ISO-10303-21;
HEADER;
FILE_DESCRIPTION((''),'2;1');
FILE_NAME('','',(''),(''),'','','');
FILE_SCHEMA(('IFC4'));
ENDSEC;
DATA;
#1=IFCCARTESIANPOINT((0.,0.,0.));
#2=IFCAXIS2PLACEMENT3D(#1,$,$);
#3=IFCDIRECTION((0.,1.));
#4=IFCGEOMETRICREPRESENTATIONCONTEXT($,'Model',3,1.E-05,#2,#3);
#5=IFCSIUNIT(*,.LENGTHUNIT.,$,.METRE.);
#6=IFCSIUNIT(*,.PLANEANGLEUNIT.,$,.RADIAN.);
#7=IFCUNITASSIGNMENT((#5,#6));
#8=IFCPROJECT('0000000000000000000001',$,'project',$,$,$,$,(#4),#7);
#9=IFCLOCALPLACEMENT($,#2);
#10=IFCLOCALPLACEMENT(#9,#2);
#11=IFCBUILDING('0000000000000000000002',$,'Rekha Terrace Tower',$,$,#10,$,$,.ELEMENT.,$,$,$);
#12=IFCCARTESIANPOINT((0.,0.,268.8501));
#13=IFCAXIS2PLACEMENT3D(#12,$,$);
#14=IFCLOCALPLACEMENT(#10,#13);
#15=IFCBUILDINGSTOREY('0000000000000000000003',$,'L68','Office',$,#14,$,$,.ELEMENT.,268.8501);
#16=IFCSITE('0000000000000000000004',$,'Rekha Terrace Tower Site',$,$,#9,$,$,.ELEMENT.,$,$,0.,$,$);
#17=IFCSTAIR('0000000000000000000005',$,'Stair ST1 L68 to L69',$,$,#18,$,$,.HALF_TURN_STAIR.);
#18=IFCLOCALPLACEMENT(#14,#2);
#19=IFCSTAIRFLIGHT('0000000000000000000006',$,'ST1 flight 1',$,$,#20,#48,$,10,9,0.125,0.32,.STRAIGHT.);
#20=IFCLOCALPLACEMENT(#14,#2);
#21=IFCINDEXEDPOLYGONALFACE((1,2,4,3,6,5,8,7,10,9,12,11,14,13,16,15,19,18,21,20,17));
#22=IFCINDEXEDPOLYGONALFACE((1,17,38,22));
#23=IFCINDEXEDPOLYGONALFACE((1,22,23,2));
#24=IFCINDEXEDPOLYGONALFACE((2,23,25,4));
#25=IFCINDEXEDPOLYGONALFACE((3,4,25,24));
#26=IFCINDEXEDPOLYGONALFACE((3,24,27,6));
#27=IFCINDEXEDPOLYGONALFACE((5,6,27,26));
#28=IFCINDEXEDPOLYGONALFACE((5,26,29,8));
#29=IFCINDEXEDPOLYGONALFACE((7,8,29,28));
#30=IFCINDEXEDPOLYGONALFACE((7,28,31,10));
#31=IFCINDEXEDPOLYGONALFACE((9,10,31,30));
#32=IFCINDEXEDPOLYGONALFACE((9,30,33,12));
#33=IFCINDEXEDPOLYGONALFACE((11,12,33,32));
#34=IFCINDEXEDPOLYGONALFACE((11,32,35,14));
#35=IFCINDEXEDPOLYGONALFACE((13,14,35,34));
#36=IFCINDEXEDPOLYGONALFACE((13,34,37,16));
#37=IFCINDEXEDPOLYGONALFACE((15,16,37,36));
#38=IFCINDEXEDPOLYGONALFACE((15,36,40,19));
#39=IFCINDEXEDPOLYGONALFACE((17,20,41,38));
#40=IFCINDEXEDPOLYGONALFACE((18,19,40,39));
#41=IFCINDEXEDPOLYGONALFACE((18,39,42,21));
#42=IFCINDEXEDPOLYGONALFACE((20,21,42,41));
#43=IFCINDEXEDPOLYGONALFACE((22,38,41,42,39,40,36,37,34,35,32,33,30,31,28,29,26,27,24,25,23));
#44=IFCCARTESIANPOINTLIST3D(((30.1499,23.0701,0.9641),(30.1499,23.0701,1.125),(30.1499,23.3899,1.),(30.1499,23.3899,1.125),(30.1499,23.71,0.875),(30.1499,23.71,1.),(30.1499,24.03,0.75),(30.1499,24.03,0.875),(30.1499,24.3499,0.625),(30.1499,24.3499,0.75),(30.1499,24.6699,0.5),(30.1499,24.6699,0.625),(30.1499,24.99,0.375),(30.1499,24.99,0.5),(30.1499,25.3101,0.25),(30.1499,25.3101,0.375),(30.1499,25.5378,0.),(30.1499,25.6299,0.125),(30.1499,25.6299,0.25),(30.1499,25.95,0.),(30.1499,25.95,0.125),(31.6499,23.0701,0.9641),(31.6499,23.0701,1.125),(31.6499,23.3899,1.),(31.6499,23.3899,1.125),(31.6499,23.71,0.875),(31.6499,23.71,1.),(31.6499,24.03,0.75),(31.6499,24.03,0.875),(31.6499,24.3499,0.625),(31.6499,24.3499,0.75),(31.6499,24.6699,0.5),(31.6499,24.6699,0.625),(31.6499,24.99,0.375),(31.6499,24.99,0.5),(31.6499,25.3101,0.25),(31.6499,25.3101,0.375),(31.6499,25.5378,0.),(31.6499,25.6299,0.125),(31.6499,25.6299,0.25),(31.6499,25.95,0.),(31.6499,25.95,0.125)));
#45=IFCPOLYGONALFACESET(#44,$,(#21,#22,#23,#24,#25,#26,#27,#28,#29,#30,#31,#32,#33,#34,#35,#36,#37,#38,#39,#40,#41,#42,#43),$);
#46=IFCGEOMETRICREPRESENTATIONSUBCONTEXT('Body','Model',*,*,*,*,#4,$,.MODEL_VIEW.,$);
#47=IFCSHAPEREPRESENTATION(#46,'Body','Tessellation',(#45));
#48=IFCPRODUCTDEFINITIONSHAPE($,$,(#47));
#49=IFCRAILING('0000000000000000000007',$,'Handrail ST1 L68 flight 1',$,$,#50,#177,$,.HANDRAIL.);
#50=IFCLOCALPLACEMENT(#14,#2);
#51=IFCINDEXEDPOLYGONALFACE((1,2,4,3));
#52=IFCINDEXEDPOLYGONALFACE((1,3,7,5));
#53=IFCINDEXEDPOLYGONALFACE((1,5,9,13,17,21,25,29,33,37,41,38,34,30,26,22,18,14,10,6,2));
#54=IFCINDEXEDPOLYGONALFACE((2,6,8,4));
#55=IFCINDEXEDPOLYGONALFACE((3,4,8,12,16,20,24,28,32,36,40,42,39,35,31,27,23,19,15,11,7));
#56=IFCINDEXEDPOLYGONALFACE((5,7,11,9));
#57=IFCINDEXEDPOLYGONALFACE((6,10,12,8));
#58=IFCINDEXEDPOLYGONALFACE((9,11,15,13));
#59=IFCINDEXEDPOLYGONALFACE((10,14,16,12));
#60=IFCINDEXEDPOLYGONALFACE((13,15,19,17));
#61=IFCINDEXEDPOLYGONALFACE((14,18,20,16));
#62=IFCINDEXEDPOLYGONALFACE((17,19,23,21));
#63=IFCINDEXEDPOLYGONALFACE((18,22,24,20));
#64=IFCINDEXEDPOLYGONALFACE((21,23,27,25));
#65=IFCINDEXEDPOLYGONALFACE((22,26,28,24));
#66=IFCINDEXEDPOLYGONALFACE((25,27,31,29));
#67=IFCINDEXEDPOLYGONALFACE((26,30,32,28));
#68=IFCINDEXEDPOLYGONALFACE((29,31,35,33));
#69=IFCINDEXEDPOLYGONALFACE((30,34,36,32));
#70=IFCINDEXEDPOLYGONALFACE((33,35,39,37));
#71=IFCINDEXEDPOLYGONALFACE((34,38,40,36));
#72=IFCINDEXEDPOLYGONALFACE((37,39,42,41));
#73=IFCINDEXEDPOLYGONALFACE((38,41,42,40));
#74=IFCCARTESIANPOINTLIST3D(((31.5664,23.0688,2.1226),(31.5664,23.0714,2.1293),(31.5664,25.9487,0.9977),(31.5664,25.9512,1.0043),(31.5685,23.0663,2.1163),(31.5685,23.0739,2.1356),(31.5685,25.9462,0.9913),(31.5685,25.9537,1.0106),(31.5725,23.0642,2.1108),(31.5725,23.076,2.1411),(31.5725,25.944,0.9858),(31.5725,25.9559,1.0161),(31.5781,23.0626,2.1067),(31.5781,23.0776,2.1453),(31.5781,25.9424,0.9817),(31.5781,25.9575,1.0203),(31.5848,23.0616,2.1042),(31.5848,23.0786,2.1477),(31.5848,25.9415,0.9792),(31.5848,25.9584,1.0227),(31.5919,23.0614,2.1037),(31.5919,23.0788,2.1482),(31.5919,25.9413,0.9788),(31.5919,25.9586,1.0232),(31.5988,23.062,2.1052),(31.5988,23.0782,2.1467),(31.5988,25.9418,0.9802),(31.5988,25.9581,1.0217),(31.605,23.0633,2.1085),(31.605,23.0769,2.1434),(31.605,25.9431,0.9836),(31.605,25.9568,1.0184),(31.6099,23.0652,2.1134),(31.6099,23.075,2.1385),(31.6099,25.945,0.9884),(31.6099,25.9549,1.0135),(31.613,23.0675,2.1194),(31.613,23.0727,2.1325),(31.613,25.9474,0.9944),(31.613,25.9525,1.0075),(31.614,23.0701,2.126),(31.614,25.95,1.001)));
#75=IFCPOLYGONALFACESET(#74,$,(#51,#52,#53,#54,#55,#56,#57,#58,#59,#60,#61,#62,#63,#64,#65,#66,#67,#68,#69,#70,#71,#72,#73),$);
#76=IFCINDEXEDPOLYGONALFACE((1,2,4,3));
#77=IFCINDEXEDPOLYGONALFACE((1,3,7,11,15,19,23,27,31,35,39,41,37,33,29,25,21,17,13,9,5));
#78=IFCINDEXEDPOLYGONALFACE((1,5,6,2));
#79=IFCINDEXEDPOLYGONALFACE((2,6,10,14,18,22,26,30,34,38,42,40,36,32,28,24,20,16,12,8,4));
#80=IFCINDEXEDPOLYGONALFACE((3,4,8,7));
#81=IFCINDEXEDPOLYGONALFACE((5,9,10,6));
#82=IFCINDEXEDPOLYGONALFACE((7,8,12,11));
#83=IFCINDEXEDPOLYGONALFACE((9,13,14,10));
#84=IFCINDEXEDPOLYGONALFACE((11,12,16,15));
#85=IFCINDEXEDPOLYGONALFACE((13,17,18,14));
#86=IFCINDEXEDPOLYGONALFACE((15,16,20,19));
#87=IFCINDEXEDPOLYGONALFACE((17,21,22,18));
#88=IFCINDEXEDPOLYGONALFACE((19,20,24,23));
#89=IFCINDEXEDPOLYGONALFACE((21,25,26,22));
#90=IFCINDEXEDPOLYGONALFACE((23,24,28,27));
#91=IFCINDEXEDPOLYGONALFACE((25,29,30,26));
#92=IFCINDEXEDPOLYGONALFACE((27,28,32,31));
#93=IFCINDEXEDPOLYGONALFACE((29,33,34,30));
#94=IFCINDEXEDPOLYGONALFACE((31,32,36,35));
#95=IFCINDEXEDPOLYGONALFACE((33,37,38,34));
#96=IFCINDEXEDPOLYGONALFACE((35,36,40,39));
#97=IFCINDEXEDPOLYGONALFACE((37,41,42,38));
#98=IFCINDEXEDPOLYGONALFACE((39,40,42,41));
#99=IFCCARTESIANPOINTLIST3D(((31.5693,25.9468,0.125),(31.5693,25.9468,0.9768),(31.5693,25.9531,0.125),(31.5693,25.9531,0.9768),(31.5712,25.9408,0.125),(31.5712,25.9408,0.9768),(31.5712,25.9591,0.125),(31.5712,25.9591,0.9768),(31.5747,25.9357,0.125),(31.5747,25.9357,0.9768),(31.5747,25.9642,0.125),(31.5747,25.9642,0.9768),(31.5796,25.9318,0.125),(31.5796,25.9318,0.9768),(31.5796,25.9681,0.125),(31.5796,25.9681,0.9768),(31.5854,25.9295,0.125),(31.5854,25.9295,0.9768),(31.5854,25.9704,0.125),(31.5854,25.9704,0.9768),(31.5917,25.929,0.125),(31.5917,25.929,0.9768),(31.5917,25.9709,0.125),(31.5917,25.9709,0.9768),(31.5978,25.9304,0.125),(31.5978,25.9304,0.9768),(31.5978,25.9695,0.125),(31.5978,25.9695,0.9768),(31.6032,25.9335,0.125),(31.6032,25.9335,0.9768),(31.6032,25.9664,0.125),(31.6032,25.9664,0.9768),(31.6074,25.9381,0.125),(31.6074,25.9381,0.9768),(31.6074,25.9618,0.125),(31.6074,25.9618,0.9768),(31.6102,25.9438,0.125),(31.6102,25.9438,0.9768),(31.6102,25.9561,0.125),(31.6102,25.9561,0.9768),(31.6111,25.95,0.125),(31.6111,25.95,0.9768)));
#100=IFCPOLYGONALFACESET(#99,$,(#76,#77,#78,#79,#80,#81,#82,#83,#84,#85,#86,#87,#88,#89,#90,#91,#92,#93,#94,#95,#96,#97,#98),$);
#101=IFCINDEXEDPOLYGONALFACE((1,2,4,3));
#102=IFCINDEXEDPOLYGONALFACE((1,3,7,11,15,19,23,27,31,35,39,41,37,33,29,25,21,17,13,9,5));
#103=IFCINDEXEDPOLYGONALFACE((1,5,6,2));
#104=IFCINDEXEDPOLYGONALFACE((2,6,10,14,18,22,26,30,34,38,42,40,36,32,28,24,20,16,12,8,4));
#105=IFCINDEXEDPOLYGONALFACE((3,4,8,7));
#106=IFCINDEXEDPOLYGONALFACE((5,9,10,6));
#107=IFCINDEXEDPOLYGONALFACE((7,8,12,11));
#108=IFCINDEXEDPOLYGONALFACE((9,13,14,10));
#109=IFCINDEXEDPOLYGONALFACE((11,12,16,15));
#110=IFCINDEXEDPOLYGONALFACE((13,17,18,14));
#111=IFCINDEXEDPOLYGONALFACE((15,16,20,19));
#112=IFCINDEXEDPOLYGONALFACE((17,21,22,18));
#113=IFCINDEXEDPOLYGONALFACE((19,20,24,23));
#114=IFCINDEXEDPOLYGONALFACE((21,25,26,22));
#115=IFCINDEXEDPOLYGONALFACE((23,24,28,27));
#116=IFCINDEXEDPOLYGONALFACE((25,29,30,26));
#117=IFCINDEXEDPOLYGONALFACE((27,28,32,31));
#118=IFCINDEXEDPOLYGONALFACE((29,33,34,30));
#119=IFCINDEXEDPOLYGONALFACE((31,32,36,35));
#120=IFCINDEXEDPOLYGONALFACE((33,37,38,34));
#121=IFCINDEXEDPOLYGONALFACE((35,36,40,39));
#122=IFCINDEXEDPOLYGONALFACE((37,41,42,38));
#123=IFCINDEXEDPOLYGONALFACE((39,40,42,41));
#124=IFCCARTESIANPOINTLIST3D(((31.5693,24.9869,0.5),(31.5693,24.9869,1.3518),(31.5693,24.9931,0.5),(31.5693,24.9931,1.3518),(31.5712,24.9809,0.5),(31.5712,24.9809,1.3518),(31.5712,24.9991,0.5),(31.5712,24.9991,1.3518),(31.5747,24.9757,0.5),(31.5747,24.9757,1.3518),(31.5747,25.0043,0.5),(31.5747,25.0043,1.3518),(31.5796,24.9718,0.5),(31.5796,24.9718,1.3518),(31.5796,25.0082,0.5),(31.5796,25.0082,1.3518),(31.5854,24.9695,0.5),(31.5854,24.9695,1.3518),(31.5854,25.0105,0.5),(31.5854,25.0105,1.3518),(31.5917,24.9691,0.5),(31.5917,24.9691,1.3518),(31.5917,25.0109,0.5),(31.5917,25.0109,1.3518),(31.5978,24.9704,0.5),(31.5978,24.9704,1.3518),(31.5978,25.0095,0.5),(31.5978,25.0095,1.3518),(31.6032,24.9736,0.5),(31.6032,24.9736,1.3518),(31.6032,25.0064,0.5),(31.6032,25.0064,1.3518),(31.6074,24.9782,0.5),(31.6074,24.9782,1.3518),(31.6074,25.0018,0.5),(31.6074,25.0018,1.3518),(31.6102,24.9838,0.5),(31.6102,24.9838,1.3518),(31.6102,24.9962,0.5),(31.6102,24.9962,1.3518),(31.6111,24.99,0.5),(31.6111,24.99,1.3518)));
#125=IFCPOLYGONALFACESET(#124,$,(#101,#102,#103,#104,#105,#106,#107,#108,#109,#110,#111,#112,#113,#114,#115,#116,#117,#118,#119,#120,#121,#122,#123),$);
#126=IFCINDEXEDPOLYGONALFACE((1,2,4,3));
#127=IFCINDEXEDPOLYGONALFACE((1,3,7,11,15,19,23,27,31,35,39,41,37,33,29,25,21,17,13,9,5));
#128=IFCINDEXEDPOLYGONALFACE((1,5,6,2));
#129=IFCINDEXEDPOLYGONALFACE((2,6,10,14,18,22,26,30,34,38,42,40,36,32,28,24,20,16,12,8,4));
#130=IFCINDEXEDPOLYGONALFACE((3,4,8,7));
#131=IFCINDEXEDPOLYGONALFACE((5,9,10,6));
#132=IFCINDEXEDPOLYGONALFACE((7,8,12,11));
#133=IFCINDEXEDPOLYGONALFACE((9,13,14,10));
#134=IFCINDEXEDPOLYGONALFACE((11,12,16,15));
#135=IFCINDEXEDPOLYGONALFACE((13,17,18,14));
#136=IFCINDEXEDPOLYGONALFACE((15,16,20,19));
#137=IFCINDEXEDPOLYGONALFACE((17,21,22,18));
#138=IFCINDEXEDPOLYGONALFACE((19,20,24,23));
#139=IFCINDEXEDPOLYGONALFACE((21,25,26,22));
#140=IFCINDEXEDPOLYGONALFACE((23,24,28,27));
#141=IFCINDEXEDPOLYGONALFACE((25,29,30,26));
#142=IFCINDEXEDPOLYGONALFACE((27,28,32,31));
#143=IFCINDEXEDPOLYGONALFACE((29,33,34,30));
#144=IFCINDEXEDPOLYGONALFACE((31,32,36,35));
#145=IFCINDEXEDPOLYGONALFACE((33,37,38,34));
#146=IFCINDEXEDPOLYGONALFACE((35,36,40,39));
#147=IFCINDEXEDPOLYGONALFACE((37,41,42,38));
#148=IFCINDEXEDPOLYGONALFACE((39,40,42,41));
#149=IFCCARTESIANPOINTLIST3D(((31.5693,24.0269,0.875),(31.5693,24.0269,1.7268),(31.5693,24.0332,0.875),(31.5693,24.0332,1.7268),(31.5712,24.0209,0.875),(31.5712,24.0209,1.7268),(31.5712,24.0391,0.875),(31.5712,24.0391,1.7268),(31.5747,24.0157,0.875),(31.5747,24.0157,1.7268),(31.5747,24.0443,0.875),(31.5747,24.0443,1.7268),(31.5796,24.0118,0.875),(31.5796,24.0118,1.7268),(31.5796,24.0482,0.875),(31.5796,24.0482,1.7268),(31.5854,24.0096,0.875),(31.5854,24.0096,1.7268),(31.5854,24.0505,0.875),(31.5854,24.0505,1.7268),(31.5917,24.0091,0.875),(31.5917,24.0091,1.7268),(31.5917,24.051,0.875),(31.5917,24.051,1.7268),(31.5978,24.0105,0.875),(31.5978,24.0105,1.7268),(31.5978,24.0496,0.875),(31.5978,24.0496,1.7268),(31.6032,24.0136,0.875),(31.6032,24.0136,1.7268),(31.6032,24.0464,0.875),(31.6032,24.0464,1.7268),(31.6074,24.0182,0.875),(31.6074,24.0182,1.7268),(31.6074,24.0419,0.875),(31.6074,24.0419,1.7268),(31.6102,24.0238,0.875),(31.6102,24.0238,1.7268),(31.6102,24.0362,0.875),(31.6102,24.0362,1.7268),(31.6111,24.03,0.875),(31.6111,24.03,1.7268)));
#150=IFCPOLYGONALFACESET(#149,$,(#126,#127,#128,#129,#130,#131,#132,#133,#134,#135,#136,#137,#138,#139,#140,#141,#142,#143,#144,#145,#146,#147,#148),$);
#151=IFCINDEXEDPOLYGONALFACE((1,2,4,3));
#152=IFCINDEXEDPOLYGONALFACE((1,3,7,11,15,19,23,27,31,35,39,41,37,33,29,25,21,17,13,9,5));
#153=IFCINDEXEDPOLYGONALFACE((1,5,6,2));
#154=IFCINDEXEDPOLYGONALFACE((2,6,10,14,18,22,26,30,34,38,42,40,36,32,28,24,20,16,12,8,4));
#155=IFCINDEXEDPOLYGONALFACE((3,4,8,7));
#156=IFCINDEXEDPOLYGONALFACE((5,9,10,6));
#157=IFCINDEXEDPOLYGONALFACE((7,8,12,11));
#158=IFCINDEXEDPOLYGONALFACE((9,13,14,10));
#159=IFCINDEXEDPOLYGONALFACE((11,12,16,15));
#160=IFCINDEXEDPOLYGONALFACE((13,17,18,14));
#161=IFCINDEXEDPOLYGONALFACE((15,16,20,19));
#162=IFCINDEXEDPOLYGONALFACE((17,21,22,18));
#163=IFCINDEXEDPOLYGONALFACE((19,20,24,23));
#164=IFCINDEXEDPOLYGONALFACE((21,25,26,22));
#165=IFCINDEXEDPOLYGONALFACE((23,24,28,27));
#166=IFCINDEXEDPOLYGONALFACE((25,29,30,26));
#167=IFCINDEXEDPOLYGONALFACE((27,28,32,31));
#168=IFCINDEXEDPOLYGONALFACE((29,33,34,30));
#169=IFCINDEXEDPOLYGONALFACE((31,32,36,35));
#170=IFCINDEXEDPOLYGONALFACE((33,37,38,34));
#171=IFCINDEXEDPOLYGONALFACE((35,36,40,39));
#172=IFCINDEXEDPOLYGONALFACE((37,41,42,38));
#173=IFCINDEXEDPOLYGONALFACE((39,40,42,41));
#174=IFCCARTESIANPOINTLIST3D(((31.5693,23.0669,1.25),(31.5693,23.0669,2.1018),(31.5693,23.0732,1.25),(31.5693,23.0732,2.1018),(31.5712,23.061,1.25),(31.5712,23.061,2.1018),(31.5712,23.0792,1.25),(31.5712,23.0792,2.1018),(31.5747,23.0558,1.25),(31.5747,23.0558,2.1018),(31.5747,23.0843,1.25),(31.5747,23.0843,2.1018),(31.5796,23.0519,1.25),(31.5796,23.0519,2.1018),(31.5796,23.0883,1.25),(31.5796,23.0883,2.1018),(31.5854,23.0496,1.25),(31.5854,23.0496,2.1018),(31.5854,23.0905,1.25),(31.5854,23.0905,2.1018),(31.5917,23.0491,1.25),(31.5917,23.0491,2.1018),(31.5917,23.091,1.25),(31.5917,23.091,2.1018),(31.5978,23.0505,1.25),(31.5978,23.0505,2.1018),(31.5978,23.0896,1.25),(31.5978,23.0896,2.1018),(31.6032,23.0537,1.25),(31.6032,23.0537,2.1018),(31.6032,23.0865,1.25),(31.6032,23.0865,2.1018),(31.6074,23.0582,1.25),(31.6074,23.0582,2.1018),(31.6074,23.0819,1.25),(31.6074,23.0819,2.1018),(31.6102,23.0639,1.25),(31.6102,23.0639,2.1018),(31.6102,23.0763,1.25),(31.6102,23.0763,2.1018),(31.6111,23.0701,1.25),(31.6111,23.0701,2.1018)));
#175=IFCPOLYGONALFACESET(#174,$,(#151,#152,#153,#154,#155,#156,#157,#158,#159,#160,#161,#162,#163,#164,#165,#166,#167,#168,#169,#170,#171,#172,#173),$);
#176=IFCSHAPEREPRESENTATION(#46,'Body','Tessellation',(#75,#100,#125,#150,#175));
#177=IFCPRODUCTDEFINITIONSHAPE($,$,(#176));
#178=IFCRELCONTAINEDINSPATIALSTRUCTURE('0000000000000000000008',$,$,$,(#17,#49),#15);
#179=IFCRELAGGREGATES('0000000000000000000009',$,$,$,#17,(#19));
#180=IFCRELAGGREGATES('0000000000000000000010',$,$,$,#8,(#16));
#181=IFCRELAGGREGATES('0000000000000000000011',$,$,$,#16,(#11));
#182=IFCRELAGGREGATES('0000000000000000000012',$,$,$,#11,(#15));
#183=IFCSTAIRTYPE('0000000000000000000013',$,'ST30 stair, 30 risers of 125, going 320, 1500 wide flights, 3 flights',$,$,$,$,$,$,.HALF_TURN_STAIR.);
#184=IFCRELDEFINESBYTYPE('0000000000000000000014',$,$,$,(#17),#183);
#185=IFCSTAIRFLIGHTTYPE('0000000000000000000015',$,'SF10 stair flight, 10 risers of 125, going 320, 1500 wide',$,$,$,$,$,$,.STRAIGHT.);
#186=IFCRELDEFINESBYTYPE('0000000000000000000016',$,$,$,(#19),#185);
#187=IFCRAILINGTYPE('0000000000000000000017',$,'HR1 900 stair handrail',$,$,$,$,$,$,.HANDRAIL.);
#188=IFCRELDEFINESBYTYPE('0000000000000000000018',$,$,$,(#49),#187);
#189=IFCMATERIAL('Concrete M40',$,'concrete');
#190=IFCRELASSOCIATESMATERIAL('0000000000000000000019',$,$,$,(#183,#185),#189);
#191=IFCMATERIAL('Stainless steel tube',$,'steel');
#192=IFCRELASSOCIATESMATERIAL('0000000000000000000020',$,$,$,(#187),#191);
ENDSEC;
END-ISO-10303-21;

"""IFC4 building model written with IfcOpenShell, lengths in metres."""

from ifc_helpers import new_model, si_unit, direction, frame, origin, origin_2d, place, context, subcontext, project, spatial, polyline, circle, outline, extrude, material, type_object, element, aggregate, save


model = new_model("IFC4")

# Units and contexts
model_context = context("Model", 3, precision=1e-05, world=origin(), true_north=direction((0.0, 1.0)))
body_context = subcontext(model_context, "Body", "Model", "MODEL_VIEW")
ifc_project = project(units=[si_unit("LENGTHUNIT", "METRE"), si_unit("PLANEANGLEUNIT", "RADIAN")], contexts=[model_context])

# Site, building, storey
site_placement = place(None, origin())
site = spatial("IfcSite", under=ifc_project, at=site_placement, Name="Rekha Terrace Tower Site", CompositionType="ELEMENT", RefElevation=0.0)
building_placement = place(site_placement, origin())
building = spatial("IfcBuilding", under=site, at=building_placement, Name="Rekha Terrace Tower", CompositionType="ELEMENT")
storey_placement = place(building_placement, frame((0.0, 0.0, 268.8501)))
storey = spatial("IfcBuildingStorey", under=building, at=storey_placement, Name="L68", Description="Office", CompositionType="ELEMENT", Elevation=268.8501)

# Stair, stair flight
ifc_material_1 = material(Name="Concrete M40", Category="concrete")
stair_type = type_object("IfcStairType", Name="ST30 stair, 30 risers of 125, going 320, 1500 wide flights, 3 flights", PredefinedType="HALF_TURN_STAIR", material=ifc_material_1)
stair_placement = place(storey_placement, origin())
stair = element("IfcStair", 1, at=stair_placement, inside=storey, type_object=stair_type, Name="Stair ST1 L68 to L69", PredefinedType="HALF_TURN_STAIR")
stair_flight_type = type_object("IfcStairFlightType", Name="SF10 stair flight, 10 risers of 125, going 320, 1500 wide", PredefinedType="STRAIGHT", material=ifc_material_1)
stair_flight_placement = place(storey_placement, frame((30.8999, 25.95, 0.0), z_axis=(0.0, 0.0, 1.0), x_axis=(0.0, -1.0, 0.0)))
stair_flight = element("IfcStairFlight", 2, at=stair_flight_placement, type_object=stair_flight_type, Name="ST1 flight 1", NumberOfRisers=10, NumberOfTreads=9, PredefinedType="STRAIGHT", RiserHeight=0.125, TreadLength=0.32, context=body_context, shape_type="SweptSolid", body=[
    extrude(outline(polyline([(0.0, 0.0), (0.0, 0.125), (0.3201, 0.125), (0.3201, 0.25), (0.6399, 0.25), (0.6399, 0.375), (0.96, 0.375), (0.96, 0.5), (1.28, 0.5), (1.28, 0.625), (1.6001, 0.625), (1.6001, 0.75), (1.9199, 0.75), (1.9199, 0.875), (2.24, 0.875), (2.24, 1.0), (2.5601, 1.0), (2.5601, 1.125), (2.8799, 1.125), (2.8799, 1.25), (2.8799, 0.9641), (0.4121, 0.0), (0.0, 0.0)])), frame((0.0, 0.75, 0.0), z_axis=(0.0, -1.0, 0.0), x_axis=(1.0, 0.0, 0.0)), (0.0, 0.0, 1.0), 1.5),
])
aggregate(stair, [stair_flight])

# Railing
ifc_material_2 = material(Name="Stainless steel tube", Category="steel")
railing_type = type_object("IfcRailingType", Name="HR1 900 stair handrail", PredefinedType="HANDRAIL", material=ifc_material_2)
railing_placement = place(storey_placement, frame((31.5901, 25.95, 0.125)))
element("IfcRailing", 3, at=railing_placement, inside=storey, type_object=railing_type, Name="Handrail ST1 L68 flight 1", PredefinedType="HANDRAIL", context=body_context, shape_type="SweptSolid", body=[
    extrude(circle(Radius=0.0239, at=origin_2d()), frame((0.0, 0.0, 0.876), z_axis=(0.0, -0.931452, 0.363863), x_axis=(1.0, 0.0, 0.0)), (0.0, 0.0, 1.0), 3.0918),
    extrude(circle(Radius=0.021, at=origin_2d()), origin(), (0.0, 0.0, 1.0), 0.8518),
    extrude(circle(Radius=0.021, at=origin_2d()), frame((0.0, -0.96, 0.375)), (0.0, 0.0, 1.0), 0.8518),
    extrude(circle(Radius=0.021, at=origin_2d()), frame((0.0, -1.9199, 0.75)), (0.0, 0.0, 1.0), 0.8518),
    extrude(circle(Radius=0.021, at=origin_2d()), frame((0.0, -2.8799, 1.125)), (0.0, 0.0, 1.0), 0.8518),
])

save(model, "model.ifc")
